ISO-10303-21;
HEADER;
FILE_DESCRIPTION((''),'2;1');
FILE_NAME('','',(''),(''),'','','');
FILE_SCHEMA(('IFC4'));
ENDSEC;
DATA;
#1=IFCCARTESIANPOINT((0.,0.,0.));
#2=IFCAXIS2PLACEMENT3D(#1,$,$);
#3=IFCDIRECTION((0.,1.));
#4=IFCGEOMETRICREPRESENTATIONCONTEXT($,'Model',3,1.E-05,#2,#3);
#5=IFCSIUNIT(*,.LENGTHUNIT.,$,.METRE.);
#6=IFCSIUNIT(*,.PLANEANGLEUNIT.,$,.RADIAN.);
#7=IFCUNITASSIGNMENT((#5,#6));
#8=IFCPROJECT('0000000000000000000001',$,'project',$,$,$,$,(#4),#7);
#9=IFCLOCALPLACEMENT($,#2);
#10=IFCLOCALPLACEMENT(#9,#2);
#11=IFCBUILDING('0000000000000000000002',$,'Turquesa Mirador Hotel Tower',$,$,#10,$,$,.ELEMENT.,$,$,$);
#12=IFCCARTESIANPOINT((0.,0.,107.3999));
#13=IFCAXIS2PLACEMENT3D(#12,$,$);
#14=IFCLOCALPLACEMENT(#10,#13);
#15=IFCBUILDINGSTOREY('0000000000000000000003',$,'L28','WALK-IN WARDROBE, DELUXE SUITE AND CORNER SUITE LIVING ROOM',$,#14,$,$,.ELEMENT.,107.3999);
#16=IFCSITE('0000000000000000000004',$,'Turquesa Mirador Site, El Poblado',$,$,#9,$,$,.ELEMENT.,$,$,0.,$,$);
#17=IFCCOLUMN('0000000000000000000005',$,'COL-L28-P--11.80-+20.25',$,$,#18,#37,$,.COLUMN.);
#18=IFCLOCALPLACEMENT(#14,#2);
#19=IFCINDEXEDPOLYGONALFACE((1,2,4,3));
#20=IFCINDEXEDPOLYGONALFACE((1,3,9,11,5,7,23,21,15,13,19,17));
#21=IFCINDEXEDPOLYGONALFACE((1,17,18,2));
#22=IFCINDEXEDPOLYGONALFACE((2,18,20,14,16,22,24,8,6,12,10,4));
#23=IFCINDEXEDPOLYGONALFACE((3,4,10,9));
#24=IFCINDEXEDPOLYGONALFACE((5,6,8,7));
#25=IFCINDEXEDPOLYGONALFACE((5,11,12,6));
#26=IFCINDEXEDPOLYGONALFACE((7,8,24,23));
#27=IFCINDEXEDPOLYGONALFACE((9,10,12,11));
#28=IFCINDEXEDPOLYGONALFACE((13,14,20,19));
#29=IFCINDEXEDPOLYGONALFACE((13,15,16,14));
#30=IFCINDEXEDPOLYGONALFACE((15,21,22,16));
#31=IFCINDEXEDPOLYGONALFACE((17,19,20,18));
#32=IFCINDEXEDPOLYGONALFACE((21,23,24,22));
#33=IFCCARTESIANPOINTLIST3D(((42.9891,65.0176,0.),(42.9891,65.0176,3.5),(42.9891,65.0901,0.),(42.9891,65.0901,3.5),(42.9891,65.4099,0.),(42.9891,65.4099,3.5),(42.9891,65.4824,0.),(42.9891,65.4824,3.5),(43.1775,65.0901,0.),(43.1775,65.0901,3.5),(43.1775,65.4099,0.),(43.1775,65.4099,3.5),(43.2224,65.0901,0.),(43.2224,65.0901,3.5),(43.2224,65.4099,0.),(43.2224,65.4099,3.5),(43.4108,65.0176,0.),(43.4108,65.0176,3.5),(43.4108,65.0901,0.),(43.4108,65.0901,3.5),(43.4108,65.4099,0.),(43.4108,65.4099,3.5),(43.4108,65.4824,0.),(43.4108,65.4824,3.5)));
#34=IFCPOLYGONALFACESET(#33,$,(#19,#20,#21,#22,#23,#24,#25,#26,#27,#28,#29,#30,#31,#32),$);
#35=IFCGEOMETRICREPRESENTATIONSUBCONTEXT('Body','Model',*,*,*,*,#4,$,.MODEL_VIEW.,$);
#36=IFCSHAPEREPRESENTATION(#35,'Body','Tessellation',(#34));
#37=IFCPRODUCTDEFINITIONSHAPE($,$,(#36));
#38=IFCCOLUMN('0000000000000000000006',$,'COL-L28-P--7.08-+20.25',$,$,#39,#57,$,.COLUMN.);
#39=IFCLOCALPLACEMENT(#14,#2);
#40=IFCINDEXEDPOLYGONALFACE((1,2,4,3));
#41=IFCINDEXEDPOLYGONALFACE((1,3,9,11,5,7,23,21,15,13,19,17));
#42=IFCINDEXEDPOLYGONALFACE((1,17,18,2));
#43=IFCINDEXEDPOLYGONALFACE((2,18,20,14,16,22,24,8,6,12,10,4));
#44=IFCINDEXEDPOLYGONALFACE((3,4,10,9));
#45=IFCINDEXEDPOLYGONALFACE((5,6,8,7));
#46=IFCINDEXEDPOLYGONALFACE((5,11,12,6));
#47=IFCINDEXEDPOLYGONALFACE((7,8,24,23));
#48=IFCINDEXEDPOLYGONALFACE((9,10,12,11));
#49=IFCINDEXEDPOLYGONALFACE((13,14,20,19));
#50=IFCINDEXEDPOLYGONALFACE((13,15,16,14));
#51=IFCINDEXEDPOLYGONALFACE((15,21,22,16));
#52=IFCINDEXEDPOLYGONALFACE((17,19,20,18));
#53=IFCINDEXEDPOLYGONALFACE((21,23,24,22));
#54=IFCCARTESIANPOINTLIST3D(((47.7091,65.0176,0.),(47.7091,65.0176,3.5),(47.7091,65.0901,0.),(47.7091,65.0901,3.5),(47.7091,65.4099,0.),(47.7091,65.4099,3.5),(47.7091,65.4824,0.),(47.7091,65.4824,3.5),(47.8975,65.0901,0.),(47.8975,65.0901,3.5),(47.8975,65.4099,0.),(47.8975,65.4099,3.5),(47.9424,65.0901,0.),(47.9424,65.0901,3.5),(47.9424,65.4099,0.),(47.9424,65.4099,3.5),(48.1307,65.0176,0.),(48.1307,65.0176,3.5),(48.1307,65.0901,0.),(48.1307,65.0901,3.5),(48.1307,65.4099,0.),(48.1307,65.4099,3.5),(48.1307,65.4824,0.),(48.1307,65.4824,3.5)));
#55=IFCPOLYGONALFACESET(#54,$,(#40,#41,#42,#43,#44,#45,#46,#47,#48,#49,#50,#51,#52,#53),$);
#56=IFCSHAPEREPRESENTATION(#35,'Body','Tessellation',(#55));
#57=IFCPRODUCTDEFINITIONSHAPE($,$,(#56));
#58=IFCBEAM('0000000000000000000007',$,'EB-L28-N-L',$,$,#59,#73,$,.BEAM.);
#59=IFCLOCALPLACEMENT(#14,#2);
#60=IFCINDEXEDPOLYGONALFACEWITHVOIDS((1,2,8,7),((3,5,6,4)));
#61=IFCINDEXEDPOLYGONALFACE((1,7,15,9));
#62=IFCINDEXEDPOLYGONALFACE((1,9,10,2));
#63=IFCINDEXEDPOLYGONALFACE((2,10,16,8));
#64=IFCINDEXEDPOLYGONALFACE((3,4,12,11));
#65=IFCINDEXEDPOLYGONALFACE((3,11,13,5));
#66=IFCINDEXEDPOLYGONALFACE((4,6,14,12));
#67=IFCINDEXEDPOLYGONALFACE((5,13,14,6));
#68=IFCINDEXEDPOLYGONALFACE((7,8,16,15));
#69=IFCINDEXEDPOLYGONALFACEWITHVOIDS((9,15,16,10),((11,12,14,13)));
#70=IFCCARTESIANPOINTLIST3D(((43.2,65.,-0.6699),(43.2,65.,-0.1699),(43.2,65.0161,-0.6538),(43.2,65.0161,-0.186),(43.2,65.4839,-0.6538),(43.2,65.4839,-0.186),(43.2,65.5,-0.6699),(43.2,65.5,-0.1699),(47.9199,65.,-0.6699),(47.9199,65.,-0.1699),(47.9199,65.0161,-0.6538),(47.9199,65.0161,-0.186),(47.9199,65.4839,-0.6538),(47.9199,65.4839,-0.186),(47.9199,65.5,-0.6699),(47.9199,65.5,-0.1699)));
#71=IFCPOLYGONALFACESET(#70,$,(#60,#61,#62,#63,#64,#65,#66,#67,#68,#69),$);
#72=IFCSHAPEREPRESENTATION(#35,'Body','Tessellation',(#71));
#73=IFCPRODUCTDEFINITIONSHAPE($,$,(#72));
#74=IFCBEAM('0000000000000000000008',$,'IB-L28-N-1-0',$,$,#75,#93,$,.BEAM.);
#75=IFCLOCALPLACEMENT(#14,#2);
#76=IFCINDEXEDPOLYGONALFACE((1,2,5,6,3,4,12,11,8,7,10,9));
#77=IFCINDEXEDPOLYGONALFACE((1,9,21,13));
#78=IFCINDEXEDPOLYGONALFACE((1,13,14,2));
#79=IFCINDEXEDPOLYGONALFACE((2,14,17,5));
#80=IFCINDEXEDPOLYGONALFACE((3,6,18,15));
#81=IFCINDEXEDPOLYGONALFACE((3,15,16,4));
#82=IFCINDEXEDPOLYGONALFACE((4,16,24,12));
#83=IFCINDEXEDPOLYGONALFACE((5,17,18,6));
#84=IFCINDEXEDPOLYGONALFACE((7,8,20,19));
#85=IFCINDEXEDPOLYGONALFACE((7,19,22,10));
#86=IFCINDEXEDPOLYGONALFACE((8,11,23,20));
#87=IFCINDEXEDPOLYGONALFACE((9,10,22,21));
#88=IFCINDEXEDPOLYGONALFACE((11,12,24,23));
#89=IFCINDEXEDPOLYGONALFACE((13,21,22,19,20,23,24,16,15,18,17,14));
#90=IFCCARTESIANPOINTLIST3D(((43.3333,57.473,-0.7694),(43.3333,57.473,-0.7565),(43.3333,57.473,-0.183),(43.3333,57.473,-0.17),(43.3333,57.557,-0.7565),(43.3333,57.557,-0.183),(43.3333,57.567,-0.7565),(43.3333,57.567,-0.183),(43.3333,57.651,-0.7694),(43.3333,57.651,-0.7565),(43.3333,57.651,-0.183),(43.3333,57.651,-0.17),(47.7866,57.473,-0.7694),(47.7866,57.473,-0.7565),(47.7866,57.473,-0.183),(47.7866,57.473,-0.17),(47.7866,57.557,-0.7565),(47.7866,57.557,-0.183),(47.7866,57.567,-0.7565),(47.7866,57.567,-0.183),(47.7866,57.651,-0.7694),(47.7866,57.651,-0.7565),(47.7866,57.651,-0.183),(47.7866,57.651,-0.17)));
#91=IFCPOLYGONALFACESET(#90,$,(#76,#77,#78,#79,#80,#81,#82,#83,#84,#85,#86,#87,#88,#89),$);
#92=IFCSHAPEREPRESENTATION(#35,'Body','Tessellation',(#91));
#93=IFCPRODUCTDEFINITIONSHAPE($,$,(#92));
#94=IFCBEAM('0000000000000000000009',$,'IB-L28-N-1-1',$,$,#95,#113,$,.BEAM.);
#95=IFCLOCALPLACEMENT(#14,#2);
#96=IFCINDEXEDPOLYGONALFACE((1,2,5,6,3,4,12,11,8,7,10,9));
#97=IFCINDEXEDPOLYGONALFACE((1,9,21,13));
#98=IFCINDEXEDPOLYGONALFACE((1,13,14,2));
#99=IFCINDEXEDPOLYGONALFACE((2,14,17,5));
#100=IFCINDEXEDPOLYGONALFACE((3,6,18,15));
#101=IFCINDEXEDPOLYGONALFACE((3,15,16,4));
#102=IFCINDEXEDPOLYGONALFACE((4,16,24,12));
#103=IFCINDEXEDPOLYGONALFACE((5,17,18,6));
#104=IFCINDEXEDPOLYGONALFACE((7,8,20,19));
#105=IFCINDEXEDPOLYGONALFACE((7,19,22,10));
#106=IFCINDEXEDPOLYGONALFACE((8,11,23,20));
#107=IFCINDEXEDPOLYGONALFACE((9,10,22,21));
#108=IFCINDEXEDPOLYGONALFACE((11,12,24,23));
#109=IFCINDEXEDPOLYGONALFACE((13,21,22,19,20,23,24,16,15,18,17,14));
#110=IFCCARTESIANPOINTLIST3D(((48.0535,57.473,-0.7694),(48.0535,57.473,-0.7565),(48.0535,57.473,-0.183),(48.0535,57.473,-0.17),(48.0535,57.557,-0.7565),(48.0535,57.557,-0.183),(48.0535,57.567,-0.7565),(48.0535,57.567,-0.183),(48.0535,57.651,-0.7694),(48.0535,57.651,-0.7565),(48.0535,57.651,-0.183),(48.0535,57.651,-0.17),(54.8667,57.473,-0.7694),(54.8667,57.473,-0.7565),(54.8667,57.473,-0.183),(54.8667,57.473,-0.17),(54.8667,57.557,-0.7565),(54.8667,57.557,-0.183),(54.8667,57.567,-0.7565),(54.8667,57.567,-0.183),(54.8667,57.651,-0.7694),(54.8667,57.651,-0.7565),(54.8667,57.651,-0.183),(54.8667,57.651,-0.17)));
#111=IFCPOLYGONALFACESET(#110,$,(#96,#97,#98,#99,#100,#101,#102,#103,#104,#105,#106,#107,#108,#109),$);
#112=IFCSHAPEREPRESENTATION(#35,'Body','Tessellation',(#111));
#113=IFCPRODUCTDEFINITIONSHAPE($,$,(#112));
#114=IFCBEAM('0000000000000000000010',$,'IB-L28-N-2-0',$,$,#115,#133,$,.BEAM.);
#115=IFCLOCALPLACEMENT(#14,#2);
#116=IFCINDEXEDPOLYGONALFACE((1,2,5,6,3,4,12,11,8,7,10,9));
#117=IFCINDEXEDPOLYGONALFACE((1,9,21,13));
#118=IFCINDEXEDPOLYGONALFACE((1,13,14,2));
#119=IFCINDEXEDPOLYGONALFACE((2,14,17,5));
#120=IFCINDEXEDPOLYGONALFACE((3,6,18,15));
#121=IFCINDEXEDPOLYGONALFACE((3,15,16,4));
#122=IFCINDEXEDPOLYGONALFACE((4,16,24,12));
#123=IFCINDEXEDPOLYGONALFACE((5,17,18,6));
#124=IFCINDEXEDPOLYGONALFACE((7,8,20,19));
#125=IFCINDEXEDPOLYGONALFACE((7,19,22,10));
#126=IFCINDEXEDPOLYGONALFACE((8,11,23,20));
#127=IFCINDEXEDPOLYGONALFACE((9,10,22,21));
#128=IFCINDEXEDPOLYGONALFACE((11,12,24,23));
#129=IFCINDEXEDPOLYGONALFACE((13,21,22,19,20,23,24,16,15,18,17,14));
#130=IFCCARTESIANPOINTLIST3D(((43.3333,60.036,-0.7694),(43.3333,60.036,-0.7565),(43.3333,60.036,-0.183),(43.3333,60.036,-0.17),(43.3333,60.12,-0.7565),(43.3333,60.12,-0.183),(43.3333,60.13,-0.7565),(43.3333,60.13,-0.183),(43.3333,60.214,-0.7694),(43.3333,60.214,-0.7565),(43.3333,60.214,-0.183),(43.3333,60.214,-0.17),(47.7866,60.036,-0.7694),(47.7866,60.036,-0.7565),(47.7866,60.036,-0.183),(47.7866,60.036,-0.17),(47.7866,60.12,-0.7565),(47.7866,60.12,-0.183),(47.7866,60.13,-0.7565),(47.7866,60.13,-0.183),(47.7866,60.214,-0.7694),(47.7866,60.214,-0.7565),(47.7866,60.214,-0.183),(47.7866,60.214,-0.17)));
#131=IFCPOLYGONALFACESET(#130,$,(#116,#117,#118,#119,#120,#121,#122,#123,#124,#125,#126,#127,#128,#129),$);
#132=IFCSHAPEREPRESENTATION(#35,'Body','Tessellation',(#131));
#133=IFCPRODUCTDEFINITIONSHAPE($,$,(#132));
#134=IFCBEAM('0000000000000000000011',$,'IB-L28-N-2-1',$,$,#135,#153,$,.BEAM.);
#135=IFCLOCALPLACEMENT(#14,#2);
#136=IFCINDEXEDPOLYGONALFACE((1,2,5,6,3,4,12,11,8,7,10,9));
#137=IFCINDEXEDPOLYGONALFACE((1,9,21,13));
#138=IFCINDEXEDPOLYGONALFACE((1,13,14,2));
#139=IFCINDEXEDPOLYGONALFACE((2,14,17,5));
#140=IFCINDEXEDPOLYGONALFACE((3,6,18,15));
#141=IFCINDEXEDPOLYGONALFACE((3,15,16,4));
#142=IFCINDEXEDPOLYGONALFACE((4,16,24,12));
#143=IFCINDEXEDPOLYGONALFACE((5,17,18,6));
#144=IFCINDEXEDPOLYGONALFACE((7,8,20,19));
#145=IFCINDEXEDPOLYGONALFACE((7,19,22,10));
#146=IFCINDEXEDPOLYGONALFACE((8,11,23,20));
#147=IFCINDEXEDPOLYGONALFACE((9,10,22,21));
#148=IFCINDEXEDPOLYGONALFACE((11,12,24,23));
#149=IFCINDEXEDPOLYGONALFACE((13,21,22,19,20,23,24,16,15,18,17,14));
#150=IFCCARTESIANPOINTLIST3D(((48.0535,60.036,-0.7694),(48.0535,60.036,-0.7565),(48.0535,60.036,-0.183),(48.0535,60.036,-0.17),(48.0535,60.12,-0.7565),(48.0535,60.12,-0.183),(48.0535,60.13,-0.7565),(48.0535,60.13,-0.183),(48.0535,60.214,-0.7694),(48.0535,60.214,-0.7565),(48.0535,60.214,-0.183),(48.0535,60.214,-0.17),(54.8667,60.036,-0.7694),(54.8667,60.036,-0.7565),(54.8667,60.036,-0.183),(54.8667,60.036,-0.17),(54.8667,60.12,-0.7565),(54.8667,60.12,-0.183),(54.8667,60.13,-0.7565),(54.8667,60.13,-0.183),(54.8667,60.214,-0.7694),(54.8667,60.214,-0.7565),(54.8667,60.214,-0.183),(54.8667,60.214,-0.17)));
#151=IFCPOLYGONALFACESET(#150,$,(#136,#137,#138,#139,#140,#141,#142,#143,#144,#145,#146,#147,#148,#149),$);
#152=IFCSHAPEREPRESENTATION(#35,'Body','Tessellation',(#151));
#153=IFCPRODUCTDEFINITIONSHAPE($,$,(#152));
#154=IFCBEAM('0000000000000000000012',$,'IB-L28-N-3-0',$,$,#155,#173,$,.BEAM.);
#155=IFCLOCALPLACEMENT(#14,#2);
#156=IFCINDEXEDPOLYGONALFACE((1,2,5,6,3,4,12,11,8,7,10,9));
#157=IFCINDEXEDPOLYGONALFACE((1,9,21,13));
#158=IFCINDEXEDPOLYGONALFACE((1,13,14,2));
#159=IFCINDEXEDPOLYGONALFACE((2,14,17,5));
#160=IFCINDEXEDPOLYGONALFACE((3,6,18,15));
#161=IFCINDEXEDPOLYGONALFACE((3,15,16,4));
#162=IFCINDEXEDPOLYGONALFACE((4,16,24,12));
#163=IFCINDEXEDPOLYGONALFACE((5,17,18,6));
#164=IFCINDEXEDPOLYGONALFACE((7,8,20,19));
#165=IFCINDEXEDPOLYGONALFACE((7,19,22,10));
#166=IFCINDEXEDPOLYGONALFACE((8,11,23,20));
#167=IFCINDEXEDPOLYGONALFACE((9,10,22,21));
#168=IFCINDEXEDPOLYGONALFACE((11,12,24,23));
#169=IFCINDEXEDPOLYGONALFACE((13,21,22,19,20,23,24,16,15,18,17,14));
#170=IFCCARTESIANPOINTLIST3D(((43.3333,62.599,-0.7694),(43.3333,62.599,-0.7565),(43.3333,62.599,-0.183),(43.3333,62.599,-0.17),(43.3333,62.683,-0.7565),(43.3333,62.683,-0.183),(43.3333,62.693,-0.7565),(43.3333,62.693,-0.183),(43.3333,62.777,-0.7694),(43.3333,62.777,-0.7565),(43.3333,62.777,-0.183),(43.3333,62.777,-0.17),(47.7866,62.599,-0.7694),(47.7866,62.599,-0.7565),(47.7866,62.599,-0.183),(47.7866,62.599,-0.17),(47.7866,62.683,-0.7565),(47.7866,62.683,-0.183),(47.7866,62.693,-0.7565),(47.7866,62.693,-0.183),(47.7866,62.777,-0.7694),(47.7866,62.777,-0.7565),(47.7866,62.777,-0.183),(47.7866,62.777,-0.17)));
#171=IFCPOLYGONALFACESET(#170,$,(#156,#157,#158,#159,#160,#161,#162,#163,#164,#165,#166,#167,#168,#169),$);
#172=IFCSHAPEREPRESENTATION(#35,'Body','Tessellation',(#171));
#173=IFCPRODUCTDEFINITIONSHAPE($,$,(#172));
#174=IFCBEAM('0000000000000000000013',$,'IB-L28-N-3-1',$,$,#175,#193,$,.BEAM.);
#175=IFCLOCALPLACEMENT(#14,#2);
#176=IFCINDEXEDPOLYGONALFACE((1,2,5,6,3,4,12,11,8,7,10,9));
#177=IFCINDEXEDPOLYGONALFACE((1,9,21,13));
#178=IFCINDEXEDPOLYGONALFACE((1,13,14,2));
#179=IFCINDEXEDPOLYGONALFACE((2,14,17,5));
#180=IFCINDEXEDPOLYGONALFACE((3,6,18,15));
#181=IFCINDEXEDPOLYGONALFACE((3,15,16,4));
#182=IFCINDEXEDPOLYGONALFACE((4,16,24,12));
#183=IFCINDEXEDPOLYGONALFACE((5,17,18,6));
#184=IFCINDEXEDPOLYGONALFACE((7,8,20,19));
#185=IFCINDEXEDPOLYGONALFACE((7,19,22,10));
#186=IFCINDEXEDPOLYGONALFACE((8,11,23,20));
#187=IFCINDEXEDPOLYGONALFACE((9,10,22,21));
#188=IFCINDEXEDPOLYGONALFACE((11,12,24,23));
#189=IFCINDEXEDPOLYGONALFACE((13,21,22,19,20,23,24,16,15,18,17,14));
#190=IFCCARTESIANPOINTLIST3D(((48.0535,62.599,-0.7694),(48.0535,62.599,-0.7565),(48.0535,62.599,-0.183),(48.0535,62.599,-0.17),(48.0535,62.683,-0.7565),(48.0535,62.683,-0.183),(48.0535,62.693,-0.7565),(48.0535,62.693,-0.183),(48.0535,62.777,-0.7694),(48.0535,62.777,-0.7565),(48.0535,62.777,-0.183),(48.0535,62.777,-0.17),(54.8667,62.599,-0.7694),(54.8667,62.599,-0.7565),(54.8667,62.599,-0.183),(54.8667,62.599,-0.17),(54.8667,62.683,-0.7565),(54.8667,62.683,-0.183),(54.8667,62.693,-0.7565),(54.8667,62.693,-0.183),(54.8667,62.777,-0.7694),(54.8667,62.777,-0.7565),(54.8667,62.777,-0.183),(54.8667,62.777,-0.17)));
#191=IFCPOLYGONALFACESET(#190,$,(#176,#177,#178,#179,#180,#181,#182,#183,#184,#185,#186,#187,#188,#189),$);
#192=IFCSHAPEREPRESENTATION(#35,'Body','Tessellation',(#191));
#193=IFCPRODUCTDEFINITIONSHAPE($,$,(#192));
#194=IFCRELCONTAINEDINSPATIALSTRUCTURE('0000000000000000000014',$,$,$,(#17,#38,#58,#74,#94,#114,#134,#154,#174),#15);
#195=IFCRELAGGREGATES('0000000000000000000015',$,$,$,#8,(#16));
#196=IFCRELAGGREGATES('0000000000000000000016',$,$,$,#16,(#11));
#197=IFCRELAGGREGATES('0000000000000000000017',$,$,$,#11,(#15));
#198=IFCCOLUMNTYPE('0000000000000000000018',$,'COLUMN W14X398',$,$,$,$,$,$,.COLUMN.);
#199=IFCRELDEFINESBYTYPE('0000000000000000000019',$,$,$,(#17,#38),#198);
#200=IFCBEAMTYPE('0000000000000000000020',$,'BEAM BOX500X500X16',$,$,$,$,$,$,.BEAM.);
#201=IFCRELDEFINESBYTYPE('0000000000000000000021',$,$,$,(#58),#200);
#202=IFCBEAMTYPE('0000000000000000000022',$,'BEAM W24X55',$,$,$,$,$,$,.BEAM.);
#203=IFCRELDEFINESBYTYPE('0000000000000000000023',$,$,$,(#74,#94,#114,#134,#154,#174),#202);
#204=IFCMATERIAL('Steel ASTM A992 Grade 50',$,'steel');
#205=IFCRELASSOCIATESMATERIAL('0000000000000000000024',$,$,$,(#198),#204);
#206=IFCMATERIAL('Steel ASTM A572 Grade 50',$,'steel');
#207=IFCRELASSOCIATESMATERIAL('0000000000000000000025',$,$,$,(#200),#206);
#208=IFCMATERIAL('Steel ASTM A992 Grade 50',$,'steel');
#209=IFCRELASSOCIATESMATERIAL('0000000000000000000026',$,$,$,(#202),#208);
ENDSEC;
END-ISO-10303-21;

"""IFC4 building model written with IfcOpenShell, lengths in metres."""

from ifc_helpers import new_model, si_unit, direction, frame, origin, origin_2d, place, context, subcontext, project, spatial, hollow_rectangle, i_section, extrude, material, material_profile, profile_set, type_object, element, save


model = new_model("IFC4")

# Units and contexts
model_context = context("Model", 3, precision=1e-05, world=origin(), true_north=direction((0.0, 1.0)))
body_context = subcontext(model_context, "Body", "Model", "MODEL_VIEW")
ifc_project = project(units=[si_unit("LENGTHUNIT", "METRE"), si_unit("PLANEANGLEUNIT", "RADIAN")], contexts=[model_context])

# Site, building, storey
site_placement = place(None, origin())
site = spatial("IfcSite", under=ifc_project, at=site_placement, Name="Turquesa Mirador Site, El Poblado", CompositionType="ELEMENT", RefElevation=0.0)
building_placement = place(site_placement, origin())
building = spatial("IfcBuilding", under=site, at=building_placement, Name="Turquesa Mirador Hotel Tower", CompositionType="ELEMENT")
storey_placement = place(building_placement, frame((0.0, 0.0, 107.3999)))
storey = spatial("IfcBuildingStorey", under=building, at=storey_placement, Name="L28", Description="WALK-IN WARDROBE, DELUXE SUITE AND CORNER SUITE LIVING ROOM", CompositionType="ELEMENT", Elevation=107.3999)

# Columns
ifc_material_1 = material(Name="Steel ASTM A992 Grade 50", Category="steel")
ifc_material_profile_1 = material_profile(ifc_material_1, i_section(OverallWidth=0.4216, OverallDepth=0.4648, WebThickness=0.0449, FlangeThickness=0.0725, at=origin_2d()), Name="W14X398")
ifc_profile_set_1 = profile_set([ifc_material_profile_1], Name="Steel ASTM A992 Grade 50")
column_type = type_object("IfcColumnType", Name="COLUMN W14X398", PredefinedType="COLUMN", material=ifc_profile_set_1)
for number, where, z_axis, x_axis, name in (
    (1, (43.2, 65.25, 0.0), (0.0, 0.0, 1.0), (1.0, 0.0, 0.0), "COL-L28-P--11.80-+20.25"),
    (2, (47.9199, 65.25, 0.0), (0.0, 0.0, 1.0), (1.0, 0.0, 0.0), "COL-L28-P--7.08-+20.25"),
):
    element("IfcColumn", number, at=place(storey_placement, frame(where, z_axis=z_axis, x_axis=x_axis)), inside=storey, type_object=column_type, Name=name, PredefinedType="COLUMN", context=body_context, shape_type="SweptSolid", body=[
        extrude(i_section(OverallWidth=0.4216, OverallDepth=0.4648, WebThickness=0.0449, FlangeThickness=0.0725, at=origin_2d()), origin(), (0.0, 0.0, 1.0), 3.5),
    ])

# Beams
ifc_material_2 = material(Name="Steel ASTM A572 Grade 50", Category="steel")
ifc_material_profile_2 = material_profile(ifc_material_2, hollow_rectangle(XDim=0.5, YDim=0.5, WallThickness=0.0161, at=origin_2d()), Name="BOX500X500X16")
ifc_profile_set_2 = profile_set([ifc_material_profile_2], Name="Steel ASTM A572 Grade 50")
beam_type_1 = type_object("IfcBeamType", Name="BEAM BOX500X500X16", PredefinedType="BEAM", material=ifc_profile_set_2)
beam_1_placement = place(storey_placement, frame((43.2, 65.25, -0.4199), z_axis=(1.0, 0.0, 0.0), x_axis=(0.0, 1.0, 0.0)))
element("IfcBeam", 3, at=beam_1_placement, inside=storey, type_object=beam_type_1, Name="EB-L28-N-L", PredefinedType="BEAM", context=body_context, shape_type="SweptSolid", body=[
    extrude(hollow_rectangle(XDim=0.5, YDim=0.5, WallThickness=0.0161, at=origin_2d()), origin(), (0.0, 0.0, 1.0), 4.72),
])
ifc_material_3 = material(Name="Steel ASTM A992 Grade 50", Category="steel")
ifc_material_profile_3 = material_profile(ifc_material_3, i_section(OverallWidth=0.178, OverallDepth=0.5994, WebThickness=0.01, FlangeThickness=0.0129, at=origin_2d()), Name="W24X55")
ifc_profile_set_3 = profile_set([ifc_material_profile_3], Name="Steel ASTM A992 Grade 50")
beam_type_2 = type_object("IfcBeamType", Name="BEAM W24X55", PredefinedType="BEAM", material=ifc_profile_set_3)
beam_2_placement = place(storey_placement, frame((43.3333, 57.562, -0.4697), z_axis=(1.0, 0.0, 0.0), x_axis=(0.0, 1.0, 0.0)))
element("IfcBeam", 4, at=beam_2_placement, inside=storey, type_object=beam_type_2, Name="IB-L28-N-1-0", PredefinedType="BEAM", context=body_context, shape_type="SweptSolid", body=[
    extrude(i_section(OverallWidth=0.178, OverallDepth=0.5994, WebThickness=0.01, FlangeThickness=0.0129, at=origin_2d()), origin(), (0.0, 0.0, 1.0), 4.4534),
])
beam_3_placement = place(storey_placement, frame((48.0535, 57.562, -0.4697), z_axis=(1.0, 0.0, 0.0), x_axis=(0.0, 1.0, 0.0)))
element("IfcBeam", 5, at=beam_3_placement, inside=storey, type_object=beam_type_2, Name="IB-L28-N-1-1", PredefinedType="BEAM", context=body_context, shape_type="SweptSolid", body=[
    extrude(i_section(OverallWidth=0.178, OverallDepth=0.5994, WebThickness=0.01, FlangeThickness=0.0129, at=origin_2d()), origin(), (0.0, 0.0, 1.0), 6.8132),
])
beam_4_placement = place(storey_placement, frame((43.3333, 60.125, -0.4697), z_axis=(1.0, 0.0, 0.0), x_axis=(0.0, 1.0, 0.0)))
element("IfcBeam", 6, at=beam_4_placement, inside=storey, type_object=beam_type_2, Name="IB-L28-N-2-0", PredefinedType="BEAM", context=body_context, shape_type="SweptSolid", body=[
    extrude(i_section(OverallWidth=0.178, OverallDepth=0.5994, WebThickness=0.01, FlangeThickness=0.0129, at=origin_2d()), origin(), (0.0, 0.0, 1.0), 4.4534),
])
beam_5_placement = place(storey_placement, frame((48.0535, 60.125, -0.4697), z_axis=(1.0, 0.0, 0.0), x_axis=(0.0, 1.0, 0.0)))
element("IfcBeam", 7, at=beam_5_placement, inside=storey, type_object=beam_type_2, Name="IB-L28-N-2-1", PredefinedType="BEAM", context=body_context, shape_type="SweptSolid", body=[
    extrude(i_section(OverallWidth=0.178, OverallDepth=0.5994, WebThickness=0.01, FlangeThickness=0.0129, at=origin_2d()), origin(), (0.0, 0.0, 1.0), 6.8132),
])
beam_6_placement = place(storey_placement, frame((43.3333, 62.688, -0.4697), z_axis=(1.0, 0.0, 0.0), x_axis=(0.0, 1.0, 0.0)))
element("IfcBeam", 8, at=beam_6_placement, inside=storey, type_object=beam_type_2, Name="IB-L28-N-3-0", PredefinedType="BEAM", context=body_context, shape_type="SweptSolid", body=[
    extrude(i_section(OverallWidth=0.178, OverallDepth=0.5994, WebThickness=0.01, FlangeThickness=0.0129, at=origin_2d()), origin(), (0.0, 0.0, 1.0), 4.4534),
])
beam_7_placement = place(storey_placement, frame((48.0535, 62.688, -0.4697), z_axis=(1.0, 0.0, 0.0), x_axis=(0.0, 1.0, 0.0)))
element("IfcBeam", 9, at=beam_7_placement, inside=storey, type_object=beam_type_2, Name="IB-L28-N-3-1", PredefinedType="BEAM", context=body_context, shape_type="SweptSolid", body=[
    extrude(i_section(OverallWidth=0.178, OverallDepth=0.5994, WebThickness=0.01, FlangeThickness=0.0129, at=origin_2d()), origin(), (0.0, 0.0, 1.0), 6.8132),
])

save(model, "model.ifc")
